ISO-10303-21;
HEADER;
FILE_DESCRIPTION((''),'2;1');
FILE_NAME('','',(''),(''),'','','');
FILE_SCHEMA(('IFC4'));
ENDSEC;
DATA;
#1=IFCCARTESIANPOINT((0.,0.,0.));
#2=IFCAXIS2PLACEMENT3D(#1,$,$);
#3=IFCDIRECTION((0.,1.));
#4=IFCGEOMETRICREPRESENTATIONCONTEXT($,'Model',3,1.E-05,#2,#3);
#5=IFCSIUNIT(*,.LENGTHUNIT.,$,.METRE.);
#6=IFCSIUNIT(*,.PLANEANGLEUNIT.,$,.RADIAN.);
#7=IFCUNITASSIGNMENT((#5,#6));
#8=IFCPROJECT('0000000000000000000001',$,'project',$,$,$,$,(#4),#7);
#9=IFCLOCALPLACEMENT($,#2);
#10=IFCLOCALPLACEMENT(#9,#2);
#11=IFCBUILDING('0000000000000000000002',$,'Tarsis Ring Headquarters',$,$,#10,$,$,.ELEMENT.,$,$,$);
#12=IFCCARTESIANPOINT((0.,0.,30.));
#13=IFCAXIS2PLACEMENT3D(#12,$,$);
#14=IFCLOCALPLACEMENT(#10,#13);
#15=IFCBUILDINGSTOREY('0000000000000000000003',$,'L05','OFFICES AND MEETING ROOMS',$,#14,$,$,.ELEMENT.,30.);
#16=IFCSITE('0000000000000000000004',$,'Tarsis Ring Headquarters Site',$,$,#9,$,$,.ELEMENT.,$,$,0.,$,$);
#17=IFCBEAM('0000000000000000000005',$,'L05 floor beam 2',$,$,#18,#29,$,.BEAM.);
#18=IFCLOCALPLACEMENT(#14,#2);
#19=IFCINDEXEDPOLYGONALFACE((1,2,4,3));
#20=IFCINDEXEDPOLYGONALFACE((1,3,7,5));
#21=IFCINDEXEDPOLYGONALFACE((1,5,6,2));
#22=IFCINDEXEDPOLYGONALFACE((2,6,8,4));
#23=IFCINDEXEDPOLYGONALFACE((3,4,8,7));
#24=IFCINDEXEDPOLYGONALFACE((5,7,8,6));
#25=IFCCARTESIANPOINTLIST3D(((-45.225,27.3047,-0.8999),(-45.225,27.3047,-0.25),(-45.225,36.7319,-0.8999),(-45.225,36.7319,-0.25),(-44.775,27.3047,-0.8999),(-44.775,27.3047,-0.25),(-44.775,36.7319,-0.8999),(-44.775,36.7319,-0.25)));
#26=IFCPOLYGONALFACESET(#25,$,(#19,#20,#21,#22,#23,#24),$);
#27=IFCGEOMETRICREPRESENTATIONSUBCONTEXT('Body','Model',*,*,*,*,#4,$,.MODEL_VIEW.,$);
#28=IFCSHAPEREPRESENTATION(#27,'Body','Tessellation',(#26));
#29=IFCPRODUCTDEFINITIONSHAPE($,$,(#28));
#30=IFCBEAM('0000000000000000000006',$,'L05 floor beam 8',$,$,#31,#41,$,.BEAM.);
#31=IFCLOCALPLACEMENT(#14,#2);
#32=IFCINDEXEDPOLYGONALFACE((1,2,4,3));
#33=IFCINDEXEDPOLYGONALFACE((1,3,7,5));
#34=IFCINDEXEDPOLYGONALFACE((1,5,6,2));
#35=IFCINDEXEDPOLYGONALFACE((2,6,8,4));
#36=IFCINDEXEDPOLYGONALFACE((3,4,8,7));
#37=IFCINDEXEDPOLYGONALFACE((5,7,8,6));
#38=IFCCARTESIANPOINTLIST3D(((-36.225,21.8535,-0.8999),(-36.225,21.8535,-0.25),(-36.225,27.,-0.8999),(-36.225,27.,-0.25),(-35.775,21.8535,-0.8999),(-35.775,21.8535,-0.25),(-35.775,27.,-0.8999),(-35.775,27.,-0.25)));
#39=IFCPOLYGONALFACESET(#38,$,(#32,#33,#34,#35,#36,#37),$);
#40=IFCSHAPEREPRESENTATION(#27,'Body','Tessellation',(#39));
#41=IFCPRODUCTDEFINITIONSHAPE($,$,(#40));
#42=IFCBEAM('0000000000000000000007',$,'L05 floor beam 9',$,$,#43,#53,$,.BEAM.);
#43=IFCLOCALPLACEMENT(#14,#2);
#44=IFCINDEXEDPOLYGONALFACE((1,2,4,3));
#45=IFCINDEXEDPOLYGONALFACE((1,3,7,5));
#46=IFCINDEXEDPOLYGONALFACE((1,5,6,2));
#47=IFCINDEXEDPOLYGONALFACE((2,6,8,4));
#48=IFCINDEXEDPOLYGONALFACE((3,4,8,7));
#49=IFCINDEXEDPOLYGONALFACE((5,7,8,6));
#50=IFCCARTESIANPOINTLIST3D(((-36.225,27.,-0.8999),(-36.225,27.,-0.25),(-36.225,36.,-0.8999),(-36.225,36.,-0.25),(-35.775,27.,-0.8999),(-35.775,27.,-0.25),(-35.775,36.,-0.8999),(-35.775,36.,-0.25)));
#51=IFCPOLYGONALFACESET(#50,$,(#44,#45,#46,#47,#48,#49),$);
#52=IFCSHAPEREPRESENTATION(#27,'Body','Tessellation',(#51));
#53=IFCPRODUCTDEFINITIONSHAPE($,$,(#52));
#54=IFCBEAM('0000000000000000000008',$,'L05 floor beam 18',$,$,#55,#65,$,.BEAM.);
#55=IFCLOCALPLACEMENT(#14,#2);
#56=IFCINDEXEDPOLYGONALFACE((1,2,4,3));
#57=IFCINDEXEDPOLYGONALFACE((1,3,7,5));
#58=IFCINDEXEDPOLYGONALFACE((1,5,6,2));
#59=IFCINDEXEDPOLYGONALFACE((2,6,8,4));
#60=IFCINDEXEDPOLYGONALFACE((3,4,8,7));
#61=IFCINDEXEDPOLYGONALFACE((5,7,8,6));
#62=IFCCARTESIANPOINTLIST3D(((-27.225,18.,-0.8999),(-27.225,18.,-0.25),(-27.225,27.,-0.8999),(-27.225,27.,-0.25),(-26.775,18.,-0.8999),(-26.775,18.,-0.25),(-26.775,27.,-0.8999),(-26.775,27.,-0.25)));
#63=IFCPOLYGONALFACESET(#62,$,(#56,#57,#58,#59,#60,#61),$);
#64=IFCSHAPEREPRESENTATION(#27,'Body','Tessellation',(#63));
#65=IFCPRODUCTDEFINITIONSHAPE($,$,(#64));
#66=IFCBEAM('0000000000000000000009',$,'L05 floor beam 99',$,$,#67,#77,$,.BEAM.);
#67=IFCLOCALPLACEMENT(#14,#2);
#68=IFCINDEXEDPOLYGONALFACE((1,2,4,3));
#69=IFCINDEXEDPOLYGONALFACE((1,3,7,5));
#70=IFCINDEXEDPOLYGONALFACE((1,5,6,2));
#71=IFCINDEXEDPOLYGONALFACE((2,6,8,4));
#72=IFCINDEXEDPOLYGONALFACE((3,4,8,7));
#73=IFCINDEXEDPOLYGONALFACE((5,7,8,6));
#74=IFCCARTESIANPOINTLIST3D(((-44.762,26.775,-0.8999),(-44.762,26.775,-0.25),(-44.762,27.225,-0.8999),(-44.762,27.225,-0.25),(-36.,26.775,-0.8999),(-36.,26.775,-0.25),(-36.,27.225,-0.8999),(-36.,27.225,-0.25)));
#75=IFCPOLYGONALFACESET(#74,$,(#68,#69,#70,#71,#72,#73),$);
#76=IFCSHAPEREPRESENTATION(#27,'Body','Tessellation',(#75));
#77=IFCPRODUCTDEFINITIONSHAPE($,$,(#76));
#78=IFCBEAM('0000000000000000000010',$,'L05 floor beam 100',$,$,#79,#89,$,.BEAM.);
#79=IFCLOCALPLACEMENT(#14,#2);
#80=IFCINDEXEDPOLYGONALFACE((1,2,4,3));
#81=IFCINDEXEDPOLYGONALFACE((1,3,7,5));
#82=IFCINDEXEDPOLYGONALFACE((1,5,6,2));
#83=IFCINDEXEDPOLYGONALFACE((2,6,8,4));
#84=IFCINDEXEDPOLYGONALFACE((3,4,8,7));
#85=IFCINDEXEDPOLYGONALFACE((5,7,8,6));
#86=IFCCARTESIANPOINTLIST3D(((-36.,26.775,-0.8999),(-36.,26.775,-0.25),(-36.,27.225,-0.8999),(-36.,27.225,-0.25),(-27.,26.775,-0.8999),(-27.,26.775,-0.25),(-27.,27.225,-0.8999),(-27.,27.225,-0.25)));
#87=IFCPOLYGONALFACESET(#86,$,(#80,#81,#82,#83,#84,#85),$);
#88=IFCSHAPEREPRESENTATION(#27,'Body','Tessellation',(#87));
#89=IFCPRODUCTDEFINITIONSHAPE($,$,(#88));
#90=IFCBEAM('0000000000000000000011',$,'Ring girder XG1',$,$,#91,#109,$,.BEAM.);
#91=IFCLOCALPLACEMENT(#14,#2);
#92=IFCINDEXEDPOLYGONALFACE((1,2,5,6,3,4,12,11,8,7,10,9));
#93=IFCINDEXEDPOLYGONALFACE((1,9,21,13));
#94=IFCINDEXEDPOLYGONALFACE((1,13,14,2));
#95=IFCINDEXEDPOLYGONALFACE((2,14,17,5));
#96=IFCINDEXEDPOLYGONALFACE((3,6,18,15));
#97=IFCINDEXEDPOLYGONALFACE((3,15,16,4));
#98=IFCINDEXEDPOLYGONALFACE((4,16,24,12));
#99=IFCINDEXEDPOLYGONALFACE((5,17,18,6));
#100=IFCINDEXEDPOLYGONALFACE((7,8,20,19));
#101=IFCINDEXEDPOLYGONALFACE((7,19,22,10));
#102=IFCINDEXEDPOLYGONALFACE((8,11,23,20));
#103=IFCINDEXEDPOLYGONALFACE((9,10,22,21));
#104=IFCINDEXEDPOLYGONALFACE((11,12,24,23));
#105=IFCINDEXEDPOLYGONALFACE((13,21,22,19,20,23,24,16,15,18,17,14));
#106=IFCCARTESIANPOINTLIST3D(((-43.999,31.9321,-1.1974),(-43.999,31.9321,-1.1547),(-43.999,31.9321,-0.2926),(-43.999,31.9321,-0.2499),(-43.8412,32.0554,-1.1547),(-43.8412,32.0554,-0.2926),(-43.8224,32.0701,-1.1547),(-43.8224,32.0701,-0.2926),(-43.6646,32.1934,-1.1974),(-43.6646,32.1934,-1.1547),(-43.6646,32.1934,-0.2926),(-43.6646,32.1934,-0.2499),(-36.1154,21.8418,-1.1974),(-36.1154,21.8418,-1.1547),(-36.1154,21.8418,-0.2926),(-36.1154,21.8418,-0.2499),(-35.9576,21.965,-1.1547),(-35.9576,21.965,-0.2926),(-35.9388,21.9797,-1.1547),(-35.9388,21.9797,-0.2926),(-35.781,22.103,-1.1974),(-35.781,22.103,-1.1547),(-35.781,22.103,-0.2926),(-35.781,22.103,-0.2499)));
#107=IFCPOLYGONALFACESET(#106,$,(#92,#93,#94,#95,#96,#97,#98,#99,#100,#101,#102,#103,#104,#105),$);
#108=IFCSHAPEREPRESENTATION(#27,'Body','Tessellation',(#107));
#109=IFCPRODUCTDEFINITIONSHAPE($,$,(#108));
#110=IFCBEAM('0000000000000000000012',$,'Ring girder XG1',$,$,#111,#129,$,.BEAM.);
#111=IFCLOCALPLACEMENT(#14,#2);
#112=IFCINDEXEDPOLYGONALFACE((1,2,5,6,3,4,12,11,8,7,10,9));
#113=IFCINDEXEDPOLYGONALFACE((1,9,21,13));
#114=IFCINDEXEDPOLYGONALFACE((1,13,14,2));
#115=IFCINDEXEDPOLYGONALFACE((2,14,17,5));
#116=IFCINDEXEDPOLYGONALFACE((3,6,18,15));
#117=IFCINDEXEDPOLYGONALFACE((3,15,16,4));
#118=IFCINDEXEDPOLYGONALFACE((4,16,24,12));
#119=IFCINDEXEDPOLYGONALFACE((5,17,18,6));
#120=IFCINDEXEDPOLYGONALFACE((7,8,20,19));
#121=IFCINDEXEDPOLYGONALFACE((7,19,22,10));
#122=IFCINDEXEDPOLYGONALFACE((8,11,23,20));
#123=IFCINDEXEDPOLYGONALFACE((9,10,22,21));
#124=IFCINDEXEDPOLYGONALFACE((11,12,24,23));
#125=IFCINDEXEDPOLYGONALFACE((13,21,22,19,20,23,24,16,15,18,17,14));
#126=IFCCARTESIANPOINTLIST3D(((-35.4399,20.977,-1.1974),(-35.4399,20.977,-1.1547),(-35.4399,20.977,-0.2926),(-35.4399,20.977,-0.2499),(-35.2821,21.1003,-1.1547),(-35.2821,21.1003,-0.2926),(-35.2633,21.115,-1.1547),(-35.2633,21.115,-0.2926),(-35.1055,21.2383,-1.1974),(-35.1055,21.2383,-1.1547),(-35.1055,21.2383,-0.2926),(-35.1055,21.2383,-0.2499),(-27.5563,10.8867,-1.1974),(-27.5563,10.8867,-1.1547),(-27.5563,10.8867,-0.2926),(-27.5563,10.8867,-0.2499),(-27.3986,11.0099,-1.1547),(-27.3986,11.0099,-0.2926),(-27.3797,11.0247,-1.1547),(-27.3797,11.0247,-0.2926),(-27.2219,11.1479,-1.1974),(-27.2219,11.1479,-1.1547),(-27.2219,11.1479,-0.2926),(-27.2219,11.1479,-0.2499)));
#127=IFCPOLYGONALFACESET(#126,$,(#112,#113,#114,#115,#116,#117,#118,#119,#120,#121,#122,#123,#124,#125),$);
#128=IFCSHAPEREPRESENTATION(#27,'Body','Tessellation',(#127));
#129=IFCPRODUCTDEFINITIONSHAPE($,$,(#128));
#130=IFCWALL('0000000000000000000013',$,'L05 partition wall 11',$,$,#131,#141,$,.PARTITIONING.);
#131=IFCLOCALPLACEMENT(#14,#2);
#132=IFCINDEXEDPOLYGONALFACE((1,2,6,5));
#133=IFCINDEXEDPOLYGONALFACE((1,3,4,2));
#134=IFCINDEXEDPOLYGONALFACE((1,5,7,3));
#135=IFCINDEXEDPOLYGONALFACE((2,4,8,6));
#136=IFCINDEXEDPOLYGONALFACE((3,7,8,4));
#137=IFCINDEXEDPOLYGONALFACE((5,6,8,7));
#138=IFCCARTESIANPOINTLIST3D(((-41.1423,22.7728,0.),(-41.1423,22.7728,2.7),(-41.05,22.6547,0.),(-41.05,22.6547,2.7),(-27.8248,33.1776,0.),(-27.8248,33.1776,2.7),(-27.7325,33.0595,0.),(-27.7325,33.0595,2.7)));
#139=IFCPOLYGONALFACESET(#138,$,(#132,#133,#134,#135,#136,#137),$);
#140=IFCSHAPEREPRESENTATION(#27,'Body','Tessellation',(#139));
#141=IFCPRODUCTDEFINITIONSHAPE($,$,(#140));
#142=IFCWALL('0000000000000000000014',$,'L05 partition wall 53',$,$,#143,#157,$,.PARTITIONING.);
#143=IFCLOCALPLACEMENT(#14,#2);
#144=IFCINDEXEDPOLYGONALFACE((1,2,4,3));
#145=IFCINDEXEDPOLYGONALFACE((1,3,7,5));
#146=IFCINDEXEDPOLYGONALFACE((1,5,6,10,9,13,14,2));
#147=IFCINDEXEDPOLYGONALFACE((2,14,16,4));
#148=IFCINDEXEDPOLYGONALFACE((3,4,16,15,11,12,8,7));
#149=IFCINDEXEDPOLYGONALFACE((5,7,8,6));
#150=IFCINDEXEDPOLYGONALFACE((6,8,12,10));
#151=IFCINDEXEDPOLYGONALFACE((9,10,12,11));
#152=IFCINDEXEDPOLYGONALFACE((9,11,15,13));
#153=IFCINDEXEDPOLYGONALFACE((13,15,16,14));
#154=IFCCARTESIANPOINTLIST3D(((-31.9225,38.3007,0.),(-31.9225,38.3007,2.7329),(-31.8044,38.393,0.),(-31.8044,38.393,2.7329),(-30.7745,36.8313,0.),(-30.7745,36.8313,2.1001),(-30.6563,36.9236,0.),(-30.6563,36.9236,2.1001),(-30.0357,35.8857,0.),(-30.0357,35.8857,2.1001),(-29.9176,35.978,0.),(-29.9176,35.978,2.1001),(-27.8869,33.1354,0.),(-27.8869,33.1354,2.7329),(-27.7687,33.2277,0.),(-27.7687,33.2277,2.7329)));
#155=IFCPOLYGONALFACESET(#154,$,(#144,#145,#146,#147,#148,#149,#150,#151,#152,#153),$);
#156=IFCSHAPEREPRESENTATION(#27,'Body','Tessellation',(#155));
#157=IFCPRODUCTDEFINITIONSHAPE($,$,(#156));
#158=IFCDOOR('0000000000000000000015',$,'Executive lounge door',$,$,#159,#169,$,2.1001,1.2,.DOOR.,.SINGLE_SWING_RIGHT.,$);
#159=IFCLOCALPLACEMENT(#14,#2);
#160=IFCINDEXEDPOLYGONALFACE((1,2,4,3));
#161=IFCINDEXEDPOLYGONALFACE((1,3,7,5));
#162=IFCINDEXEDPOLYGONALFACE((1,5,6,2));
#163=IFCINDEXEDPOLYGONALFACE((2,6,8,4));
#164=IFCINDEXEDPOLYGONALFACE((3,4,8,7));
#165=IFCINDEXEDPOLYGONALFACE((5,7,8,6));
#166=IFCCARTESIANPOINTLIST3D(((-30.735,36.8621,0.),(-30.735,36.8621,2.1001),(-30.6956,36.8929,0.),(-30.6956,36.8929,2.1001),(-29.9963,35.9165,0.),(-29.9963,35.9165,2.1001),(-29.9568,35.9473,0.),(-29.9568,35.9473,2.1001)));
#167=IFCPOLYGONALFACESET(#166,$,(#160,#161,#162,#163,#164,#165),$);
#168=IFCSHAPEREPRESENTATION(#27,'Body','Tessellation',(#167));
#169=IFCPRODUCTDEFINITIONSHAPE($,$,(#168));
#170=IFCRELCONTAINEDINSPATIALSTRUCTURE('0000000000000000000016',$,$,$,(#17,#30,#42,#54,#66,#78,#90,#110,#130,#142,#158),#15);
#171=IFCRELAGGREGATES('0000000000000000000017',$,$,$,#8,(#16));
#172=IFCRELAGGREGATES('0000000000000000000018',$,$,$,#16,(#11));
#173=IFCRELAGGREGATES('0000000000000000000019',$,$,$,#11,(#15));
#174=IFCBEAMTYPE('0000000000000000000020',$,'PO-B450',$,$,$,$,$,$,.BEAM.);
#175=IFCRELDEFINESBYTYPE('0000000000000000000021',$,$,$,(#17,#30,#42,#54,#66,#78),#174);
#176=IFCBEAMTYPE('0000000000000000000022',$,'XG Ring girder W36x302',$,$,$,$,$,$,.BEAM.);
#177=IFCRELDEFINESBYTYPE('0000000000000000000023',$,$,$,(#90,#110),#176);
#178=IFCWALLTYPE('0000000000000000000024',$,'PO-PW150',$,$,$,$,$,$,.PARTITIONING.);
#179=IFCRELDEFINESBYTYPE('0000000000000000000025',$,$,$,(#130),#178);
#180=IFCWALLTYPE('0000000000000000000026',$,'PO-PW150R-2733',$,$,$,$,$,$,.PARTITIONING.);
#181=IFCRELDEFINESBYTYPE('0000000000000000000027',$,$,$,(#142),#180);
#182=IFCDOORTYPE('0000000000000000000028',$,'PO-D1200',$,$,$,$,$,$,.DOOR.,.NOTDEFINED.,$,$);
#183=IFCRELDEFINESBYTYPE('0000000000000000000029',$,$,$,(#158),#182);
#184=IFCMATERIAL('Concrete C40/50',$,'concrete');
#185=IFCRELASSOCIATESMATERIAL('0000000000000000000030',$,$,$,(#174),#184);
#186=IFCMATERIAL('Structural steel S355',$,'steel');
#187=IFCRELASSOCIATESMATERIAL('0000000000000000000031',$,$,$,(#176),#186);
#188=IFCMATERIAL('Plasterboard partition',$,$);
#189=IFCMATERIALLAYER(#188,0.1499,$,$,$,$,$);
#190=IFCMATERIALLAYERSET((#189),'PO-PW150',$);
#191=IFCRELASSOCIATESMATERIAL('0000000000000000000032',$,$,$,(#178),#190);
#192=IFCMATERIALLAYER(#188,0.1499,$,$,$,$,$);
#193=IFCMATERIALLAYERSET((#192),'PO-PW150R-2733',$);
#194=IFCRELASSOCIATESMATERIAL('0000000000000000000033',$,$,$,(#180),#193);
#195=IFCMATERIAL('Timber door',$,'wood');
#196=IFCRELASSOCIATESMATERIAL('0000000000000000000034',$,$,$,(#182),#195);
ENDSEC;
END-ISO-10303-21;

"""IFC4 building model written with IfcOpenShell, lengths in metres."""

from ifc_helpers import new_model, si_unit, direction, frame, frame_2d, origin, origin_2d, place, context, subcontext, project, spatial, rectangle, i_section, extrude, material, layer, layer_set, material_profile, profile_set, type_object, element, fill, save


model = new_model("IFC4")

# Units and contexts
model_context = context("Model", 3, precision=1e-05, world=origin(), true_north=direction((0.0, 1.0)))
body_context = subcontext(model_context, "Body", "Model", "MODEL_VIEW")
ifc_project = project(units=[si_unit("LENGTHUNIT", "METRE"), si_unit("PLANEANGLEUNIT", "RADIAN")], contexts=[model_context])

# Site, building, storey
site_placement = place(None, origin())
site = spatial("IfcSite", under=ifc_project, at=site_placement, Name="Tarsis Ring Headquarters Site", CompositionType="ELEMENT", RefElevation=0.0)
building_placement = place(site_placement, origin())
building = spatial("IfcBuilding", under=site, at=building_placement, Name="Tarsis Ring Headquarters", CompositionType="ELEMENT")
storey_placement = place(building_placement, frame((0.0, 0.0, 30.0)))
storey = spatial("IfcBuildingStorey", under=building, at=storey_placement, Name="L05", Description="OFFICES AND MEETING ROOMS", CompositionType="ELEMENT", Elevation=30.0)

# Shared definitions
ifc_material_1 = material(Name="Concrete C40/50", Category="concrete")

# Beams
ifc_material_profile_1 = material_profile(ifc_material_1, rectangle(XDim=0.45, YDim=0.6499, at=origin_2d()), Name="PO-B450")
ifc_profile_set_1 = profile_set([ifc_material_profile_1], Name="Concrete C40/50")
beam_type_1 = type_object("IfcBeamType", Name="PO-B450", PredefinedType="BEAM", material=ifc_profile_set_1)
beam_1_placement = place(storey_placement, frame((-45.0, 27.3047, -0.575), z_axis=(0.0, 1.0, 0.0), x_axis=(-1.0, 0.0, 0.0)))
element("IfcBeam", 1, at=beam_1_placement, inside=storey, type_object=beam_type_1, Name="L05 floor beam 2", PredefinedType="BEAM", context=body_context, shape_type="SweptSolid", body=[
    extrude(rectangle(XDim=0.45, YDim=0.6499, at=origin_2d()), origin(), (0.0, 0.0, 1.0), 9.4272),
])
beam_2_placement = place(storey_placement, frame((-36.0, 21.8535, -0.575), z_axis=(0.0, 1.0, 0.0), x_axis=(-1.0, 0.0, 0.0)))
element("IfcBeam", 2, at=beam_2_placement, inside=storey, type_object=beam_type_1, Name="L05 floor beam 8", PredefinedType="BEAM", context=body_context, shape_type="SweptSolid", body=[
    extrude(rectangle(XDim=0.45, YDim=0.6499, at=origin_2d()), origin(), (0.0, 0.0, 1.0), 5.1465),
])
for number, where, z_axis, x_axis, name in (
    (3, (-36.0, 27.0, -0.575), (0.0, 1.0, 0.0), (-1.0, 0.0, 0.0), "L05 floor beam 9"),
    (4, (-27.0, 18.0, -0.575), (0.0, 1.0, 0.0), (-1.0, 0.0, 0.0), "L05 floor beam 18"),
):
    element("IfcBeam", number, at=place(storey_placement, frame(where, z_axis=z_axis, x_axis=x_axis)), inside=storey, type_object=beam_type_1, Name=name, PredefinedType="BEAM", context=body_context, shape_type="SweptSolid", body=[
        extrude(rectangle(XDim=0.45, YDim=0.6499, at=origin_2d()), origin(), (0.0, 0.0, 1.0), 9.0),
    ])
beam_3_placement = place(storey_placement, frame((-44.762, 27.0, -0.575), z_axis=(1.0, 0.0, 0.0), x_axis=(0.0, 1.0, 0.0)))
element("IfcBeam", 5, at=beam_3_placement, inside=storey, type_object=beam_type_1, Name="L05 floor beam 99", PredefinedType="BEAM", context=body_context, shape_type="SweptSolid", body=[
    extrude(rectangle(XDim=0.45, YDim=0.6499, at=origin_2d()), origin(), (0.0, 0.0, 1.0), 8.762),
])
beam_4_placement = place(storey_placement, frame((-36.0, 27.0, -0.575), z_axis=(1.0, 0.0, 0.0), x_axis=(0.0, 1.0, 0.0)))
element("IfcBeam", 6, at=beam_4_placement, inside=storey, type_object=beam_type_1, Name="L05 floor beam 100", PredefinedType="BEAM", context=body_context, shape_type="SweptSolid", body=[
    extrude(rectangle(XDim=0.45, YDim=0.6499, at=origin_2d()), origin(), (0.0, 0.0, 1.0), 9.0),
])
ifc_material_2 = material(Name="Structural steel S355", Category="steel")
ifc_material_profile_2 = material_profile(ifc_material_2, i_section(OverallWidth=0.4243, OverallDepth=0.9475, WebThickness=0.0239, FlangeThickness=0.0427, at=origin_2d()), Name="W36x302")
ifc_profile_set_2 = profile_set([ifc_material_profile_2], Name="Structural steel S355")
beam_type_2 = type_object("IfcBeamType", Name="XG Ring girder W36x302", PredefinedType="BEAM", material=ifc_profile_set_2)
for number, where, z_axis, x_axis, name in (
    (7, (-43.8318, 32.0627, -0.7236), (0.615667, -0.788006, 0.0), (0.788006, 0.615667, 0.0), "Ring girder XG1"),
    (8, (-35.2727, 21.1077, -0.7236), (0.615667, -0.788006, 0.0), (0.788006, 0.615667, 0.0), "Ring girder XG1"),
):
    element("IfcBeam", number, at=place(storey_placement, frame(where, z_axis=z_axis, x_axis=x_axis)), inside=storey, type_object=beam_type_2, Name=name, PredefinedType="BEAM", context=body_context, shape_type="SweptSolid", body=[
        extrude(i_section(OverallWidth=0.4243, OverallDepth=0.9475, WebThickness=0.0239, FlangeThickness=0.0427, at=origin_2d()), origin(), (0.0, 0.0, 1.0), 12.8049),
    ])

# Wall
ifc_material_3 = material(Name="Plasterboard partition")
ifc_layer_1 = layer(ifc_material_3, 0.1499)
ifc_layer_set_1 = layer_set([ifc_layer_1], Name="PO-PW150")
wall_type_1 = type_object("IfcWallType", Name="PO-PW150", PredefinedType="PARTITIONING", material=ifc_layer_set_1)
wall_1_placement = place(storey_placement, frame((-27.7786, 33.1187, 0.0), z_axis=(0.0, 0.0, 1.0), x_axis=(-0.788008, -0.615665, 0.0)))
element("IfcWall", 9, at=wall_1_placement, inside=storey, type_object=wall_type_1, Name="L05 partition wall 11", PredefinedType="PARTITIONING", context=body_context, shape_type="SweptSolid", body=[
    extrude(rectangle(XDim=16.9001, YDim=0.1499, at=frame_2d((8.4502, 0.0))), origin(), (0.0, 0.0, 1.0), 2.7),
])

# Wall, opening, door
ifc_layer_2 = layer(ifc_material_3, 0.1499)
ifc_layer_set_2 = layer_set([ifc_layer_2], Name="PO-PW150R-2733")
wall_type_2 = type_object("IfcWallType", Name="PO-PW150R-2733", PredefinedType="PARTITIONING", material=ifc_layer_set_2)
wall_2_placement = place(storey_placement, frame((-27.8279, 33.1816, 0.0), z_axis=(0.0, 0.0, 1.0), x_axis=(-0.615669, 0.788005, 0.0)))
wall_2 = element("IfcWall", 10, at=wall_2_placement, inside=storey, type_object=wall_type_2, Name="L05 partition wall 53", PredefinedType="PARTITIONING", context=body_context, shape_type="SweptSolid", body=[
    extrude(rectangle(XDim=6.5549, YDim=0.1499, at=frame_2d((3.2773, 0.0))), origin(), (0.0, 0.0, 1.0), 2.7329),
])
opening_1_placement = place(wall_2_placement, frame((3.49, 0.0, 0.0)))
opening_1 = element("IfcOpeningElement", 11, at=opening_1_placement, cuts=wall_2, PredefinedType="OPENING", context=body_context, shape_type="SweptSolid", body=[
    extrude(rectangle(XDim=1.2, YDim=2.1001, at=frame_2d((0.6001, 1.05))), frame((0.0, 0.085, 0.0), z_axis=(0.0, -1.0, 0.0), x_axis=(1.0, 0.0, 0.0)), (0.0, 0.0, 1.0), 0.1699),
])
ifc_material_4 = material(Name="Timber door", Category="wood")
door_type = type_object("IfcDoorType", Name="PO-D1200", OperationType="NOTDEFINED", PredefinedType="DOOR", material=ifc_material_4)
door_placement = place(opening_1_placement, origin())
door = element("IfcDoor", 12, at=door_placement, inside=storey, type_object=door_type, Name="Executive lounge door", OperationType="SINGLE_SWING_RIGHT", OverallHeight=2.1001, OverallWidth=1.2, PredefinedType="DOOR", context=body_context, shape_type="SweptSolid", body=[
    extrude(rectangle(XDim=1.2, YDim=2.1001, at=frame_2d((0.6001, 1.05))), frame((0.0, 0.0249, 0.0), z_axis=(0.0, -1.0, 0.0), x_axis=(1.0, 0.0, 0.0)), (0.0, 0.0, 1.0), 0.05),
])
fill(opening_1, door)

save(model, "model.ifc")
